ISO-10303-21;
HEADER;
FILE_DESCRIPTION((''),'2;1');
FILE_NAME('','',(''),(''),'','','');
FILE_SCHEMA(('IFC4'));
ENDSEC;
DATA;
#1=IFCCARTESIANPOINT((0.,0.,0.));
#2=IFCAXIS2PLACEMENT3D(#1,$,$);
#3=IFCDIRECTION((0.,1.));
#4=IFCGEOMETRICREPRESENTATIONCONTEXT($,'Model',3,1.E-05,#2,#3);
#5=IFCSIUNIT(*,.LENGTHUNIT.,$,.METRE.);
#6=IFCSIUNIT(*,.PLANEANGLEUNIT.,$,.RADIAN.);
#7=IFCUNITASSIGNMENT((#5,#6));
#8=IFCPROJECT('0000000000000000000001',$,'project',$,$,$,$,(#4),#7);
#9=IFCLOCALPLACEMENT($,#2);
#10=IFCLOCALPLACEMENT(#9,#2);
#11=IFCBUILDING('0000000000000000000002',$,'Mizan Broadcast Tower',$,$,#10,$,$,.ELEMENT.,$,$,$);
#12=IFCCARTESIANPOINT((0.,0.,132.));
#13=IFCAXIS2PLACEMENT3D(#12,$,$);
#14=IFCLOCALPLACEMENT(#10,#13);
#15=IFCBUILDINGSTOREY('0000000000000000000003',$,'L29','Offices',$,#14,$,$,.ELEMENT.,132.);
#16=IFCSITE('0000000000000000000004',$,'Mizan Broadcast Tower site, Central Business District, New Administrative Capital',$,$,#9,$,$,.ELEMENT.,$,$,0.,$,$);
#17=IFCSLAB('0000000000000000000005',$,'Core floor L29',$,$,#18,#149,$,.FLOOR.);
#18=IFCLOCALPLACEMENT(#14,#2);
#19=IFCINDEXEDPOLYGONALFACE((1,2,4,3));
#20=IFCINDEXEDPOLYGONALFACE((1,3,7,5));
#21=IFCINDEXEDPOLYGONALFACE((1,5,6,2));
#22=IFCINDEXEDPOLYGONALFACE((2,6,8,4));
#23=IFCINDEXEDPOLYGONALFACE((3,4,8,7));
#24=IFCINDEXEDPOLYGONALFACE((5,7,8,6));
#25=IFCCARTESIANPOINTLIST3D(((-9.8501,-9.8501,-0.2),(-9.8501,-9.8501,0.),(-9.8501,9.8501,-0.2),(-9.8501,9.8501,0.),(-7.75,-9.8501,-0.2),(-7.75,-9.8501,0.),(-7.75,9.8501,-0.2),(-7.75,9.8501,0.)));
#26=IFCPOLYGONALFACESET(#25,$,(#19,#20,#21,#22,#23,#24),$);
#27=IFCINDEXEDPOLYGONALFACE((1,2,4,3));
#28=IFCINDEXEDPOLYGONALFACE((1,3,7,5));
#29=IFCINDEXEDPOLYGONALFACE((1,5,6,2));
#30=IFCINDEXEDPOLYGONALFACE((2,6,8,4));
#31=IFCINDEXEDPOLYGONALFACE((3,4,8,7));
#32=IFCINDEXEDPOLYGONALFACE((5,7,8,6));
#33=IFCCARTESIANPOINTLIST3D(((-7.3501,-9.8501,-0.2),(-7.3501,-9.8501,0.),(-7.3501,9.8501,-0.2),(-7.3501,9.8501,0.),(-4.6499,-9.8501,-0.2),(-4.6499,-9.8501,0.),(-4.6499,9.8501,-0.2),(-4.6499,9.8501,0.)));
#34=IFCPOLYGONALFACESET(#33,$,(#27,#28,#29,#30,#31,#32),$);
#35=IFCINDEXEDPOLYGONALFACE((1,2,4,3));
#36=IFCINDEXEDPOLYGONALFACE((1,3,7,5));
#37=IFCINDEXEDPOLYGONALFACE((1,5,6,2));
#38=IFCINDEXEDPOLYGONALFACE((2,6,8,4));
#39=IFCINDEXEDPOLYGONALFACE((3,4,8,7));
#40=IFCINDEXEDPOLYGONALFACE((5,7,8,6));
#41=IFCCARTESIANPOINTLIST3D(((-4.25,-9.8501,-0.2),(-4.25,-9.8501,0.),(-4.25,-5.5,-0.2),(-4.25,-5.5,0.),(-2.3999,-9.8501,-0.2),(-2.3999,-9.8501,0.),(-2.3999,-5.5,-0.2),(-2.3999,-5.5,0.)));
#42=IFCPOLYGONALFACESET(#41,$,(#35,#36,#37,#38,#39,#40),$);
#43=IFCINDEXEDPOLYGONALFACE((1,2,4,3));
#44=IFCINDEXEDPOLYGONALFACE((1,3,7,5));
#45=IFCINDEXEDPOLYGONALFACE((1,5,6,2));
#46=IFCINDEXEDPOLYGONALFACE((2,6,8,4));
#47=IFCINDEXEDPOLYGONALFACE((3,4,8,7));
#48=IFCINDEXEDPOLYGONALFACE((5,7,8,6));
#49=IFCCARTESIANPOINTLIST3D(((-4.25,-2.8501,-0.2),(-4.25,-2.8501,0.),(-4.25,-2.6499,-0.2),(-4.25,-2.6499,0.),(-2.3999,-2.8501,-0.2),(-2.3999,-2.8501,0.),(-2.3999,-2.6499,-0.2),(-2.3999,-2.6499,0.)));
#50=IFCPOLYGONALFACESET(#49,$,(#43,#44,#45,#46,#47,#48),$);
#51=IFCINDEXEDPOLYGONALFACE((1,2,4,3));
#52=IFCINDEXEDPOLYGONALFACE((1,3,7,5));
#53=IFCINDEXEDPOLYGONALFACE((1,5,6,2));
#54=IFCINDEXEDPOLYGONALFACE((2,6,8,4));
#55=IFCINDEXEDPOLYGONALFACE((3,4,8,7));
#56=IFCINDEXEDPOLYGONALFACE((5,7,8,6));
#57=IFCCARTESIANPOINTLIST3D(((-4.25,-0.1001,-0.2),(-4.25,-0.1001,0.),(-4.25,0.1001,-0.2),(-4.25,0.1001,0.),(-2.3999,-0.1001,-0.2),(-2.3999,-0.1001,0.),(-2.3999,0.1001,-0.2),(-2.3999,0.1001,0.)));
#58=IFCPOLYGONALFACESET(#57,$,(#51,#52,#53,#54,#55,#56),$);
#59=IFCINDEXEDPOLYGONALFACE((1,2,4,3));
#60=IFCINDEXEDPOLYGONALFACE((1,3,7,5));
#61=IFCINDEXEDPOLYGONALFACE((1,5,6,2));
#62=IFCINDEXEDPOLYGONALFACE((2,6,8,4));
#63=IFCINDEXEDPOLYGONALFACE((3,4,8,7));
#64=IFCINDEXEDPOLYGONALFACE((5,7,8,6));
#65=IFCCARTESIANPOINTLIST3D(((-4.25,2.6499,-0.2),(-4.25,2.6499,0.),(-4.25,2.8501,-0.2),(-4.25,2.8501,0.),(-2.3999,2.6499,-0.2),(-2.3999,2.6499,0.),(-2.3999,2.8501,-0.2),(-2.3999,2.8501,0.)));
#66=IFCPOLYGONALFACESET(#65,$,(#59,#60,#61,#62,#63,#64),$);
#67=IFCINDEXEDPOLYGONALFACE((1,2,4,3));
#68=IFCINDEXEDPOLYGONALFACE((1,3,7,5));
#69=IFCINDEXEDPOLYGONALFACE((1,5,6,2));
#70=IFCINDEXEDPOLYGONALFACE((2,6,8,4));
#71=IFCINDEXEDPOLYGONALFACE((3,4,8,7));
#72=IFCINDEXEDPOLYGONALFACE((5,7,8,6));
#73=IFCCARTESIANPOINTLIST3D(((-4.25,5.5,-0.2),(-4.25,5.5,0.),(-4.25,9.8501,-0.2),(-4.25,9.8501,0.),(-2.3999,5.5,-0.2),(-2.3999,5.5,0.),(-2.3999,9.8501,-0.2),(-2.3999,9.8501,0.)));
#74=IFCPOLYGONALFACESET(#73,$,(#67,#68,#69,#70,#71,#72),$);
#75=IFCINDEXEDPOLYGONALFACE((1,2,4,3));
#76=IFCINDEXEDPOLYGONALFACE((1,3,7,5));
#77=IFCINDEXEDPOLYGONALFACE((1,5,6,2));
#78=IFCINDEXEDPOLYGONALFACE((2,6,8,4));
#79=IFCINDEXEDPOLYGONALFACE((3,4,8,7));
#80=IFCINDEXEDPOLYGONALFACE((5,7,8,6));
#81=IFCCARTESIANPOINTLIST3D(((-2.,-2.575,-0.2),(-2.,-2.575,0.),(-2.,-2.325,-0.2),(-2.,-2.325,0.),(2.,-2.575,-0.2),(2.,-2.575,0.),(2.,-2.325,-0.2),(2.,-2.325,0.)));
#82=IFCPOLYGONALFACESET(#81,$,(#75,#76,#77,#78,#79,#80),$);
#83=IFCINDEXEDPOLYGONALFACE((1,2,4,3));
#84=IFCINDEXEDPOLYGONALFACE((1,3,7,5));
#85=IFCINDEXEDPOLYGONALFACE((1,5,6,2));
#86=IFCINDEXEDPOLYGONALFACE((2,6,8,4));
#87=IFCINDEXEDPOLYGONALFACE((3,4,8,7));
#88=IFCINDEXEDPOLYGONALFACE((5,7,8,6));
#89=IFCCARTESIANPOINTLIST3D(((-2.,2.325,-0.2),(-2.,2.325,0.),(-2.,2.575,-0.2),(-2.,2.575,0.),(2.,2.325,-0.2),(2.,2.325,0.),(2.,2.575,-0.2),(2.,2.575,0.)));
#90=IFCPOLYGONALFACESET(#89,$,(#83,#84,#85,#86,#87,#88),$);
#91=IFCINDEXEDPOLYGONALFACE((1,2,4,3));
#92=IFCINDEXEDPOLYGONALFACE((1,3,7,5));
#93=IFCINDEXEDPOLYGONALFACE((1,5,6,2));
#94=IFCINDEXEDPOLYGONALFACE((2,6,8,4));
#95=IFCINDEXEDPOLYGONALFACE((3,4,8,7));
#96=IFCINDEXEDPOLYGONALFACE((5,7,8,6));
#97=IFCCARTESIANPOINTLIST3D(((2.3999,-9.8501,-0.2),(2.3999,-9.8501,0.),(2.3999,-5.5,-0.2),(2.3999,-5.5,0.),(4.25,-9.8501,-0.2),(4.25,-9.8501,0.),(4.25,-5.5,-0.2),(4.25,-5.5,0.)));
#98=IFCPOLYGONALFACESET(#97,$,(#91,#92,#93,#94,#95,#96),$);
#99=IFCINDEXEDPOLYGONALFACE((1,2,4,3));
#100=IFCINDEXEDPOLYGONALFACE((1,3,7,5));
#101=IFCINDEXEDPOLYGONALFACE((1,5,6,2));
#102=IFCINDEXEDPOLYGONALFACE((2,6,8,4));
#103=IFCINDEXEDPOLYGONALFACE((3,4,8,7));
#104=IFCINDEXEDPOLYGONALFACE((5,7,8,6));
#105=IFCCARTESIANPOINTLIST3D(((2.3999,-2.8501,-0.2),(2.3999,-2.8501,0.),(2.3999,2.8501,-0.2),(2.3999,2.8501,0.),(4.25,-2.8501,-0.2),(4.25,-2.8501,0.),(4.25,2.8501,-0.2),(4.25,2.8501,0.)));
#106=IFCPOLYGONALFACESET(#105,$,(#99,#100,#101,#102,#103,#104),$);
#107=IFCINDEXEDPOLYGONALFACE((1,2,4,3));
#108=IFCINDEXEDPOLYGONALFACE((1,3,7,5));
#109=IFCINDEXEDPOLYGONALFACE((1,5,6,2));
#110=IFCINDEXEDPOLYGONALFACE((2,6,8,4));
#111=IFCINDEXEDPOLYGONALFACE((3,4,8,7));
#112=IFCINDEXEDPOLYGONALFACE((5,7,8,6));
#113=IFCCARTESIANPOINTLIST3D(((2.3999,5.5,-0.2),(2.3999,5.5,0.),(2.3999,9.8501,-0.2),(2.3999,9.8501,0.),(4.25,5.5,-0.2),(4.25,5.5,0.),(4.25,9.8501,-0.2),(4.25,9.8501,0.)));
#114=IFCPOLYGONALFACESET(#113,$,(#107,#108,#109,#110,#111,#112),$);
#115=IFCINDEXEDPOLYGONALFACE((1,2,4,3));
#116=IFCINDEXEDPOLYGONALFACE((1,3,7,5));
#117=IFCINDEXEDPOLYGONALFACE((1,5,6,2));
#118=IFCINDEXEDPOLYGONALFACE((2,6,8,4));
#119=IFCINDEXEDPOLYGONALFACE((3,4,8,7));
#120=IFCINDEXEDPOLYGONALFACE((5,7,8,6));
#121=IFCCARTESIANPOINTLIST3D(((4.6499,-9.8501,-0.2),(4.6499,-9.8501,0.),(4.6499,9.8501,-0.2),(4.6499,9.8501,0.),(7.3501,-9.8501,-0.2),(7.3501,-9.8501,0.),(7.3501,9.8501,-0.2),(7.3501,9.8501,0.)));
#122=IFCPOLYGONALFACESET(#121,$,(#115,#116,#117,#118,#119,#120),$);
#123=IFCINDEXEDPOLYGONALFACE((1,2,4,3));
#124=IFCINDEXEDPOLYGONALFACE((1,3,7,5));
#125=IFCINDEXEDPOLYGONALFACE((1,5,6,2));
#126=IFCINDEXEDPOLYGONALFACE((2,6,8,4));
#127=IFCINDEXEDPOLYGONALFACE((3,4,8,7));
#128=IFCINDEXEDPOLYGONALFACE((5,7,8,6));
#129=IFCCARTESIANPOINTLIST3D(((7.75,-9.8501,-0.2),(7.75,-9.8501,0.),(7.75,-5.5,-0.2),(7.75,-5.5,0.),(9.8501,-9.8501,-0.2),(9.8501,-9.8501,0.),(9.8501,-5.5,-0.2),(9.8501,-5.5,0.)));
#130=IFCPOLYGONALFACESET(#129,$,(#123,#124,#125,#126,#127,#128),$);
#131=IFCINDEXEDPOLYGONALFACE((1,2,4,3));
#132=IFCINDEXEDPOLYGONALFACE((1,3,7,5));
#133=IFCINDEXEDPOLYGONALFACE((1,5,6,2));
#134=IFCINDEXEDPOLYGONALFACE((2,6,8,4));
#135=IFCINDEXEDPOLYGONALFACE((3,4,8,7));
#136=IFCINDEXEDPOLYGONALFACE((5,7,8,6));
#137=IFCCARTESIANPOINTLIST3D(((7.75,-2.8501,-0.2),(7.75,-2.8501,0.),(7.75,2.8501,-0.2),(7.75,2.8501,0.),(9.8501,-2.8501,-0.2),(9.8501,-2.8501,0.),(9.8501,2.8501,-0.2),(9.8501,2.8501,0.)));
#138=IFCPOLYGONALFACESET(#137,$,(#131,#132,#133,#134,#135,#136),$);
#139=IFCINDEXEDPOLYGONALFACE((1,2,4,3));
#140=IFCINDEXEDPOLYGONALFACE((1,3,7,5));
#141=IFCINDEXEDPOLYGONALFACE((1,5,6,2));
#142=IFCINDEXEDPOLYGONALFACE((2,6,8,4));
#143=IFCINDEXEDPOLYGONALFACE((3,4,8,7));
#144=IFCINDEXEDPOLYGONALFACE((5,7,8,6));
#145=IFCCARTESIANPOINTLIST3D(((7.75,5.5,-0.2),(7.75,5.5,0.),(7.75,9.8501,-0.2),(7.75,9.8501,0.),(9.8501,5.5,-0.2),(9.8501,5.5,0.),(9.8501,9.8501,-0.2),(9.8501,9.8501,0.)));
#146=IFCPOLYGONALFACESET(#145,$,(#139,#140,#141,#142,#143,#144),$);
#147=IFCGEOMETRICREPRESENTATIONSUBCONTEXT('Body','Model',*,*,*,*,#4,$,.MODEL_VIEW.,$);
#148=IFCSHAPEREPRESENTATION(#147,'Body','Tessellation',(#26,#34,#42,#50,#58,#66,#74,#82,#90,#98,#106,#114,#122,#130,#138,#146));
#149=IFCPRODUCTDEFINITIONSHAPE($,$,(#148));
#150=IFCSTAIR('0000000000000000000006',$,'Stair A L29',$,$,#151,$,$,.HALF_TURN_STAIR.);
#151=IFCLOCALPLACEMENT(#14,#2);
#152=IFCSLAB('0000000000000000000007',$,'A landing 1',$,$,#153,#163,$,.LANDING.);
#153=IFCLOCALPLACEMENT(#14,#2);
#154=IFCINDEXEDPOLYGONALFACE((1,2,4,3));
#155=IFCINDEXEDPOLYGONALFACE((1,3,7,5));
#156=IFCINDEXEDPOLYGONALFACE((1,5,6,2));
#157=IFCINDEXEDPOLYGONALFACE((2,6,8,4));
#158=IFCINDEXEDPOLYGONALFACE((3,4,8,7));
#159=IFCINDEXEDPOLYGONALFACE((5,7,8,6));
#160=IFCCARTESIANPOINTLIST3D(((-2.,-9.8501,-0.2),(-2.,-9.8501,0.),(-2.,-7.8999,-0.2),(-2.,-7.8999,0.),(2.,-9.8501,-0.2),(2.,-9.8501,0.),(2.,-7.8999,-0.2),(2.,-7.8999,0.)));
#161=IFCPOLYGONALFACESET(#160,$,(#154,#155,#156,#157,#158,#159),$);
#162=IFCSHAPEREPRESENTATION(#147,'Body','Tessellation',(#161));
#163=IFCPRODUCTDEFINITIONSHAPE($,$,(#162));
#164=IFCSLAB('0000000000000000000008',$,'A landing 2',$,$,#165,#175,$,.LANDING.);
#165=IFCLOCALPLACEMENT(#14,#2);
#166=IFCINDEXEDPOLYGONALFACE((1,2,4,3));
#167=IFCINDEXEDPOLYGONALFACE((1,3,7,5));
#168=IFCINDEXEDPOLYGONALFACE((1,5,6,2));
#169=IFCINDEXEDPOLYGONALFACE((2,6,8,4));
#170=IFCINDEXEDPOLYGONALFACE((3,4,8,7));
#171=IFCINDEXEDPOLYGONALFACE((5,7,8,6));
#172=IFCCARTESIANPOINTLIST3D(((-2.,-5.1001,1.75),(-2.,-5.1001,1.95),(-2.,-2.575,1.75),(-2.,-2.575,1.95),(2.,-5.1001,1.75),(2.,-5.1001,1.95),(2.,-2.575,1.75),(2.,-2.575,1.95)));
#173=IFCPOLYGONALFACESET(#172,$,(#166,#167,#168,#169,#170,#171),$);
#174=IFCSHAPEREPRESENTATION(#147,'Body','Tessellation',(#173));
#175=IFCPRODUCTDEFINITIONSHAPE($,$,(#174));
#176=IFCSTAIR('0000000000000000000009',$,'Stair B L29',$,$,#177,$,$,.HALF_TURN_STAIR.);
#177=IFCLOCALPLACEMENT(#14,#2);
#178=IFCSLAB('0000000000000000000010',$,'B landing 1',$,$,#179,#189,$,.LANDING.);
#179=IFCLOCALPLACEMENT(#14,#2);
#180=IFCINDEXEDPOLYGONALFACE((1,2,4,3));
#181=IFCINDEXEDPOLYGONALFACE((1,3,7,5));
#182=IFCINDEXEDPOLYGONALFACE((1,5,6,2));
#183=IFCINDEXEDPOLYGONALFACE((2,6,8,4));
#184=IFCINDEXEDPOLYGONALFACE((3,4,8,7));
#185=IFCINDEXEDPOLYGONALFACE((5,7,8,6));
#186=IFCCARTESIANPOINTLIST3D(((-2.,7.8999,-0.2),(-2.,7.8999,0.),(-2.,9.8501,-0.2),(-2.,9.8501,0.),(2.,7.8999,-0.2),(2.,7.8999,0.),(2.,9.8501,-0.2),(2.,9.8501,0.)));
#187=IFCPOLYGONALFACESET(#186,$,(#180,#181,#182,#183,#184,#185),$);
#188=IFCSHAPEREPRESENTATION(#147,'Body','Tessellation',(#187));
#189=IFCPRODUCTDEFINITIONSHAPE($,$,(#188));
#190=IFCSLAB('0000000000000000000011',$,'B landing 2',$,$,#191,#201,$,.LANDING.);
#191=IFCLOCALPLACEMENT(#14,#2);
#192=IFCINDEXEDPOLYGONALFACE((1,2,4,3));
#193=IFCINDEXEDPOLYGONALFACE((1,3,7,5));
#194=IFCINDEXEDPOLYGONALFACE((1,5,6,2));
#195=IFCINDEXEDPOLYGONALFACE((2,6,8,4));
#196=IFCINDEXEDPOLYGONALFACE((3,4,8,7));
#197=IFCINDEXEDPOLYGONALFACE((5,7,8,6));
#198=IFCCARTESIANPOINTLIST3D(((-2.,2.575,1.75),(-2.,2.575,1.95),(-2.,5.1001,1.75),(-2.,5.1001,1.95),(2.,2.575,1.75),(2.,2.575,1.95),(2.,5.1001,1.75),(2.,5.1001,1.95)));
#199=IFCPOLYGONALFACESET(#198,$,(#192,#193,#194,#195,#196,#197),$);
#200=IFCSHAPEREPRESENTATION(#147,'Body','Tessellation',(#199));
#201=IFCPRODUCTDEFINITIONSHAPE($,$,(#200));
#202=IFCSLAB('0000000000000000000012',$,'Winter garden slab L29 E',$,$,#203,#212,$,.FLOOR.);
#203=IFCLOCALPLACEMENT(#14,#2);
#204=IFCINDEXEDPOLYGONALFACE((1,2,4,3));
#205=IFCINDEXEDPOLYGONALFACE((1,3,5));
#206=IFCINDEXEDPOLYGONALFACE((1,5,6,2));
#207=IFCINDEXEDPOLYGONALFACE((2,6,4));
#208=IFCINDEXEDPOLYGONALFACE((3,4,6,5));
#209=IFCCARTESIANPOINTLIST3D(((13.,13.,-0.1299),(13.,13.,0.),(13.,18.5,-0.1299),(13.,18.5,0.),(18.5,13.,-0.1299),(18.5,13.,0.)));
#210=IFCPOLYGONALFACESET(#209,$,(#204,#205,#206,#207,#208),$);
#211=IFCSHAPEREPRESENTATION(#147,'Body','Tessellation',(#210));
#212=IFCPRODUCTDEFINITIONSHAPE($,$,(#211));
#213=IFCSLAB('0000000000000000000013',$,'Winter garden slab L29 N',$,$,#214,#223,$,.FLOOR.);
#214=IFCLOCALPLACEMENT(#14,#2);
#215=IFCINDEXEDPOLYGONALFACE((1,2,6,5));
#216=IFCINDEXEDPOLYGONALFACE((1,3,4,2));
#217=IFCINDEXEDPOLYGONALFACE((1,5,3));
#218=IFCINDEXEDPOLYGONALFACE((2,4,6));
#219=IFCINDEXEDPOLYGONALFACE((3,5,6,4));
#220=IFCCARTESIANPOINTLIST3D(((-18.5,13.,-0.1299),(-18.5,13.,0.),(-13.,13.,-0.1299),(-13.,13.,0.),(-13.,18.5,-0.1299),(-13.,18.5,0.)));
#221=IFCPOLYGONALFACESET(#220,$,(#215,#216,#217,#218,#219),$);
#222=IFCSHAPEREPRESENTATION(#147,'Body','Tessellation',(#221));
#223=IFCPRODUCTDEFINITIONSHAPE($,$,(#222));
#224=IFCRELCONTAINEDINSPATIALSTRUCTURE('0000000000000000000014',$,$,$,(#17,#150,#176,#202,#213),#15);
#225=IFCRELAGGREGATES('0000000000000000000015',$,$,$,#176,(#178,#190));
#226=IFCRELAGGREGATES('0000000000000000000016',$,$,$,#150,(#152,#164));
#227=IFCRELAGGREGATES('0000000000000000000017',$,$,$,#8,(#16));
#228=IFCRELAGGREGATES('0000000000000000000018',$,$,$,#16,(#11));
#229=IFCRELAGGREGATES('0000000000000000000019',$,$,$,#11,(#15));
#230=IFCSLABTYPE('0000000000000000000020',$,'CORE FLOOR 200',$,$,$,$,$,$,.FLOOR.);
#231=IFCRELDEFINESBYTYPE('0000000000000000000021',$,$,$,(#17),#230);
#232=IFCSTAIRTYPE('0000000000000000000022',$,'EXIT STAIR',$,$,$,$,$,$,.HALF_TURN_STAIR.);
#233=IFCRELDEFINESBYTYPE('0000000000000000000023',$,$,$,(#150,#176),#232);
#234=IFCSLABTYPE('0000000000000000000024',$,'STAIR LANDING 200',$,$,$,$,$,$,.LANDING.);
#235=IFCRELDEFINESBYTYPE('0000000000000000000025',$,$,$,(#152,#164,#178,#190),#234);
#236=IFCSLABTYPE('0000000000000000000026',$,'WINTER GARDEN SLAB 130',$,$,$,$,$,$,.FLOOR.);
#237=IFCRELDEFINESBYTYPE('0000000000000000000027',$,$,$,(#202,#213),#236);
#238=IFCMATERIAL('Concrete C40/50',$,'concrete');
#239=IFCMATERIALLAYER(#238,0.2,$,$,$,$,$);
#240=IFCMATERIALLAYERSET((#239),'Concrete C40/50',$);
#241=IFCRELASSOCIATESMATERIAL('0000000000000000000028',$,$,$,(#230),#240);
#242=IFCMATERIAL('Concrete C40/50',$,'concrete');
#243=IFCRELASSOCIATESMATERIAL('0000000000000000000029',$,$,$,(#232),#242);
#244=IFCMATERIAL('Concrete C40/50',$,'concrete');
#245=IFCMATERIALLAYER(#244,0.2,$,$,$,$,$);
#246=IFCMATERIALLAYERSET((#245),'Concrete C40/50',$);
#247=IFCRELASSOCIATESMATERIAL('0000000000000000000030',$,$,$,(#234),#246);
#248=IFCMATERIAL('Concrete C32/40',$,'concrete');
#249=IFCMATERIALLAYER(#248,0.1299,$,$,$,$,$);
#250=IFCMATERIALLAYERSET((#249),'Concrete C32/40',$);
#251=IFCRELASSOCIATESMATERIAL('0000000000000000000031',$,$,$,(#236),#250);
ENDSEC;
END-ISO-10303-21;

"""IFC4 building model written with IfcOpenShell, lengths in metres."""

from ifc_helpers import new_model, si_unit, direction, frame, origin, place, context, subcontext, project, spatial, polyline, outline, extrude, material, layer, layer_set, type_object, element, aggregate, save


model = new_model("IFC4")

# Units and contexts
model_context = context("Model", 3, precision=1e-05, world=origin(), true_north=direction((0.0, 1.0)))
body_context = subcontext(model_context, "Body", "Model", "MODEL_VIEW")
ifc_project = project(units=[si_unit("LENGTHUNIT", "METRE"), si_unit("PLANEANGLEUNIT", "RADIAN")], contexts=[model_context])

# Site, building, storey
site_placement = place(None, origin())
site = spatial("IfcSite", under=ifc_project, at=site_placement, Name="Mizan Broadcast Tower site, Central Business District, New Administrative Capital", CompositionType="ELEMENT", RefElevation=0.0)
building_placement = place(site_placement, origin())
building = spatial("IfcBuilding", under=site, at=building_placement, Name="Mizan Broadcast Tower", CompositionType="ELEMENT")
storey_placement = place(building_placement, frame((0.0, 0.0, 132.0)))
storey = spatial("IfcBuildingStorey", under=building, at=storey_placement, Name="L29", Description="Offices", CompositionType="ELEMENT", Elevation=132.0)

# Slab
ifc_material_1 = material(Name="Concrete C40/50", Category="concrete")
ifc_layer_1 = layer(ifc_material_1, 0.2)
ifc_layer_set_1 = layer_set([ifc_layer_1], Name="Concrete C40/50")
slab_type_1 = type_object("IfcSlabType", Name="CORE FLOOR 200", PredefinedType="FLOOR", material=ifc_layer_set_1)
slab_1_placement = place(storey_placement, frame((0.0, 0.0, -0.2)))
element("IfcSlab", 1, at=slab_1_placement, inside=storey, type_object=slab_type_1, Name="Core floor L29", PredefinedType="FLOOR", context=body_context, shape_type="SweptSolid", body=[
    extrude(outline(polyline([(-9.8501, -9.8501), (-7.75, -9.8501), (-7.75, 9.8501), (-9.8501, 9.8501), (-9.8501, -9.8501)])), origin(), (0.0, 0.0, 1.0), 0.2),
    extrude(outline(polyline([(-4.6499, 9.8501), (-7.3501, 9.8501), (-7.3501, -9.8501), (-4.6499, -9.8501), (-4.6499, 9.8501)])), origin(), (0.0, 0.0, 1.0), 0.2),
    extrude(outline(polyline([(-4.25, -5.5), (-4.25, -9.8501), (-2.3999, -9.8501), (-2.3999, -5.5), (-4.25, -5.5)])), origin(), (0.0, 0.0, 1.0), 0.2),
    extrude(outline(polyline([(-4.25, -2.8501), (-2.3999, -2.8501), (-2.3999, -2.6499), (-4.25, -2.6499), (-4.25, -2.8501)])), origin(), (0.0, 0.0, 1.0), 0.2),
    extrude(outline(polyline([(-4.25, -0.1001), (-2.3999, -0.1001), (-2.3999, 0.1001), (-4.25, 0.1001), (-4.25, -0.1001)])), origin(), (0.0, 0.0, 1.0), 0.2),
    extrude(outline(polyline([(-4.25, 2.6499), (-2.3999, 2.6499), (-2.3999, 2.8501), (-4.25, 2.8501), (-4.25, 2.6499)])), origin(), (0.0, 0.0, 1.0), 0.2),
    extrude(outline(polyline([(-4.25, 5.5), (-2.3999, 5.5), (-2.3999, 9.8501), (-4.25, 9.8501), (-4.25, 5.5)])), origin(), (0.0, 0.0, 1.0), 0.2),
    extrude(outline(polyline([(2.0, -2.325), (-2.0, -2.325), (-2.0, -2.575), (2.0, -2.575), (2.0, -2.325)])), origin(), (0.0, 0.0, 1.0), 0.2),
    extrude(outline(polyline([(2.0, 2.575), (-2.0, 2.575), (-2.0, 2.325), (2.0, 2.325), (2.0, 2.575)])), origin(), (0.0, 0.0, 1.0), 0.2),
    extrude(outline(polyline([(4.25, -9.8501), (4.25, -5.5), (2.3999, -5.5), (2.3999, -9.8501), (4.25, -9.8501)])), origin(), (0.0, 0.0, 1.0), 0.2),
    extrude(outline(polyline([(4.25, -2.8501), (4.25, 2.8501), (2.3999, 2.8501), (2.3999, -2.8501), (4.25, -2.8501)])), origin(), (0.0, 0.0, 1.0), 0.2),
    extrude(outline(polyline([(4.25, 5.5), (4.25, 9.8501), (2.3999, 9.8501), (2.3999, 5.5), (4.25, 5.5)])), origin(), (0.0, 0.0, 1.0), 0.2),
    extrude(outline(polyline([(4.6499, 9.8501), (4.6499, -9.8501), (7.3501, -9.8501), (7.3501, 9.8501), (4.6499, 9.8501)])), origin(), (0.0, 0.0, 1.0), 0.2),
    extrude(outline(polyline([(9.8501, -9.8501), (9.8501, -5.5), (7.75, -5.5), (7.75, -9.8501), (9.8501, -9.8501)])), origin(), (0.0, 0.0, 1.0), 0.2),
    extrude(outline(polyline([(7.75, -2.8501), (9.8501, -2.8501), (9.8501, 2.8501), (7.75, 2.8501), (7.75, -2.8501)])), origin(), (0.0, 0.0, 1.0), 0.2),
    extrude(outline(polyline([(9.8501, 5.5), (9.8501, 9.8501), (7.75, 9.8501), (7.75, 5.5), (9.8501, 5.5)])), origin(), (0.0, 0.0, 1.0), 0.2),
])

# Stairs, slabs
ifc_material_2 = material(Name="Concrete C40/50", Category="concrete")
stair_type = type_object("IfcStairType", Name="EXIT STAIR", PredefinedType="HALF_TURN_STAIR", material=ifc_material_2)
stair_1_placement = place(storey_placement, origin())
stair_1 = element("IfcStair", 2, at=stair_1_placement, inside=storey, type_object=stair_type, Name="Stair A L29", PredefinedType="HALF_TURN_STAIR")
ifc_material_3 = material(Name="Concrete C40/50", Category="concrete")
ifc_layer_2 = layer(ifc_material_3, 0.2)
ifc_layer_set_2 = layer_set([ifc_layer_2], Name="Concrete C40/50")
slab_type_2 = type_object("IfcSlabType", Name="STAIR LANDING 200", PredefinedType="LANDING", material=ifc_layer_set_2)
slab_2_placement = place(storey_placement, frame((0.0, 0.0, -0.2)))
slab_2 = element("IfcSlab", 3, at=slab_2_placement, type_object=slab_type_2, Name="A landing 1", PredefinedType="LANDING", context=body_context, shape_type="SweptSolid", body=[
    extrude(outline(polyline([(-2.0, -9.8501), (-2.0, -7.8999), (2.0, -7.8999), (2.0, -9.8501), (-2.0, -9.8501)])), origin(), (0.0, 0.0, 1.0), 0.2),
])
slab_3_placement = place(storey_placement, frame((0.0, 0.0, 1.75)))
slab_3 = element("IfcSlab", 4, at=slab_3_placement, type_object=slab_type_2, Name="A landing 2", PredefinedType="LANDING", context=body_context, shape_type="SweptSolid", body=[
    extrude(outline(polyline([(-2.0, -5.1001), (-2.0, -2.575), (2.0, -2.575), (2.0, -5.1001), (-2.0, -5.1001)])), origin(), (0.0, 0.0, 1.0), 0.2),
])
stair_2_placement = place(storey_placement, origin())
stair_2 = element("IfcStair", 5, at=stair_2_placement, inside=storey, type_object=stair_type, Name="Stair B L29", PredefinedType="HALF_TURN_STAIR")
slab_4_placement = place(storey_placement, frame((0.0, 0.0, -0.2)))
slab_4 = element("IfcSlab", 6, at=slab_4_placement, type_object=slab_type_2, Name="B landing 1", PredefinedType="LANDING", context=body_context, shape_type="SweptSolid", body=[
    extrude(outline(polyline([(2.0, 9.8501), (2.0, 7.8999), (-2.0, 7.8999), (-2.0, 9.8501), (2.0, 9.8501)])), origin(), (0.0, 0.0, 1.0), 0.2),
])
slab_5_placement = place(storey_placement, frame((0.0, 0.0, 1.75)))
slab_5 = element("IfcSlab", 7, at=slab_5_placement, type_object=slab_type_2, Name="B landing 2", PredefinedType="LANDING", context=body_context, shape_type="SweptSolid", body=[
    extrude(outline(polyline([(2.0, 5.1001), (2.0, 2.575), (-2.0, 2.575), (-2.0, 5.1001), (2.0, 5.1001)])), origin(), (0.0, 0.0, 1.0), 0.2),
])
aggregate(stair_2, [slab_4, slab_5])

# Slabs
ifc_material_4 = material(Name="Concrete C32/40", Category="concrete")
ifc_layer_3 = layer(ifc_material_4, 0.1299)
ifc_layer_set_3 = layer_set([ifc_layer_3], Name="Concrete C32/40")
slab_type_3 = type_object("IfcSlabType", Name="WINTER GARDEN SLAB 130", PredefinedType="FLOOR", material=ifc_layer_set_3)
slab_6_placement = place(storey_placement, frame((0.0, 0.0, -0.1299)))
element("IfcSlab", 8, at=slab_6_placement, inside=storey, type_object=slab_type_3, Name="Winter garden slab L29 E", PredefinedType="FLOOR", context=body_context, shape_type="SweptSolid", body=[
    extrude(outline(polyline([(13.0, 13.0), (18.5, 13.0), (13.0, 18.5), (13.0, 13.0)])), origin(), (0.0, 0.0, 1.0), 0.1299),
])
slab_7_placement = place(storey_placement, frame((0.0, 0.0, -0.1299)))
element("IfcSlab", 9, at=slab_7_placement, inside=storey, type_object=slab_type_3, Name="Winter garden slab L29 N", PredefinedType="FLOOR", context=body_context, shape_type="SweptSolid", body=[
    extrude(outline(polyline([(-13.0, 13.0), (-13.0, 18.5), (-18.5, 13.0), (-13.0, 13.0)])), origin(), (0.0, 0.0, 1.0), 0.1299),
])

aggregate(stair_1, [slab_2, slab_3])

save(model, "model.ifc")
